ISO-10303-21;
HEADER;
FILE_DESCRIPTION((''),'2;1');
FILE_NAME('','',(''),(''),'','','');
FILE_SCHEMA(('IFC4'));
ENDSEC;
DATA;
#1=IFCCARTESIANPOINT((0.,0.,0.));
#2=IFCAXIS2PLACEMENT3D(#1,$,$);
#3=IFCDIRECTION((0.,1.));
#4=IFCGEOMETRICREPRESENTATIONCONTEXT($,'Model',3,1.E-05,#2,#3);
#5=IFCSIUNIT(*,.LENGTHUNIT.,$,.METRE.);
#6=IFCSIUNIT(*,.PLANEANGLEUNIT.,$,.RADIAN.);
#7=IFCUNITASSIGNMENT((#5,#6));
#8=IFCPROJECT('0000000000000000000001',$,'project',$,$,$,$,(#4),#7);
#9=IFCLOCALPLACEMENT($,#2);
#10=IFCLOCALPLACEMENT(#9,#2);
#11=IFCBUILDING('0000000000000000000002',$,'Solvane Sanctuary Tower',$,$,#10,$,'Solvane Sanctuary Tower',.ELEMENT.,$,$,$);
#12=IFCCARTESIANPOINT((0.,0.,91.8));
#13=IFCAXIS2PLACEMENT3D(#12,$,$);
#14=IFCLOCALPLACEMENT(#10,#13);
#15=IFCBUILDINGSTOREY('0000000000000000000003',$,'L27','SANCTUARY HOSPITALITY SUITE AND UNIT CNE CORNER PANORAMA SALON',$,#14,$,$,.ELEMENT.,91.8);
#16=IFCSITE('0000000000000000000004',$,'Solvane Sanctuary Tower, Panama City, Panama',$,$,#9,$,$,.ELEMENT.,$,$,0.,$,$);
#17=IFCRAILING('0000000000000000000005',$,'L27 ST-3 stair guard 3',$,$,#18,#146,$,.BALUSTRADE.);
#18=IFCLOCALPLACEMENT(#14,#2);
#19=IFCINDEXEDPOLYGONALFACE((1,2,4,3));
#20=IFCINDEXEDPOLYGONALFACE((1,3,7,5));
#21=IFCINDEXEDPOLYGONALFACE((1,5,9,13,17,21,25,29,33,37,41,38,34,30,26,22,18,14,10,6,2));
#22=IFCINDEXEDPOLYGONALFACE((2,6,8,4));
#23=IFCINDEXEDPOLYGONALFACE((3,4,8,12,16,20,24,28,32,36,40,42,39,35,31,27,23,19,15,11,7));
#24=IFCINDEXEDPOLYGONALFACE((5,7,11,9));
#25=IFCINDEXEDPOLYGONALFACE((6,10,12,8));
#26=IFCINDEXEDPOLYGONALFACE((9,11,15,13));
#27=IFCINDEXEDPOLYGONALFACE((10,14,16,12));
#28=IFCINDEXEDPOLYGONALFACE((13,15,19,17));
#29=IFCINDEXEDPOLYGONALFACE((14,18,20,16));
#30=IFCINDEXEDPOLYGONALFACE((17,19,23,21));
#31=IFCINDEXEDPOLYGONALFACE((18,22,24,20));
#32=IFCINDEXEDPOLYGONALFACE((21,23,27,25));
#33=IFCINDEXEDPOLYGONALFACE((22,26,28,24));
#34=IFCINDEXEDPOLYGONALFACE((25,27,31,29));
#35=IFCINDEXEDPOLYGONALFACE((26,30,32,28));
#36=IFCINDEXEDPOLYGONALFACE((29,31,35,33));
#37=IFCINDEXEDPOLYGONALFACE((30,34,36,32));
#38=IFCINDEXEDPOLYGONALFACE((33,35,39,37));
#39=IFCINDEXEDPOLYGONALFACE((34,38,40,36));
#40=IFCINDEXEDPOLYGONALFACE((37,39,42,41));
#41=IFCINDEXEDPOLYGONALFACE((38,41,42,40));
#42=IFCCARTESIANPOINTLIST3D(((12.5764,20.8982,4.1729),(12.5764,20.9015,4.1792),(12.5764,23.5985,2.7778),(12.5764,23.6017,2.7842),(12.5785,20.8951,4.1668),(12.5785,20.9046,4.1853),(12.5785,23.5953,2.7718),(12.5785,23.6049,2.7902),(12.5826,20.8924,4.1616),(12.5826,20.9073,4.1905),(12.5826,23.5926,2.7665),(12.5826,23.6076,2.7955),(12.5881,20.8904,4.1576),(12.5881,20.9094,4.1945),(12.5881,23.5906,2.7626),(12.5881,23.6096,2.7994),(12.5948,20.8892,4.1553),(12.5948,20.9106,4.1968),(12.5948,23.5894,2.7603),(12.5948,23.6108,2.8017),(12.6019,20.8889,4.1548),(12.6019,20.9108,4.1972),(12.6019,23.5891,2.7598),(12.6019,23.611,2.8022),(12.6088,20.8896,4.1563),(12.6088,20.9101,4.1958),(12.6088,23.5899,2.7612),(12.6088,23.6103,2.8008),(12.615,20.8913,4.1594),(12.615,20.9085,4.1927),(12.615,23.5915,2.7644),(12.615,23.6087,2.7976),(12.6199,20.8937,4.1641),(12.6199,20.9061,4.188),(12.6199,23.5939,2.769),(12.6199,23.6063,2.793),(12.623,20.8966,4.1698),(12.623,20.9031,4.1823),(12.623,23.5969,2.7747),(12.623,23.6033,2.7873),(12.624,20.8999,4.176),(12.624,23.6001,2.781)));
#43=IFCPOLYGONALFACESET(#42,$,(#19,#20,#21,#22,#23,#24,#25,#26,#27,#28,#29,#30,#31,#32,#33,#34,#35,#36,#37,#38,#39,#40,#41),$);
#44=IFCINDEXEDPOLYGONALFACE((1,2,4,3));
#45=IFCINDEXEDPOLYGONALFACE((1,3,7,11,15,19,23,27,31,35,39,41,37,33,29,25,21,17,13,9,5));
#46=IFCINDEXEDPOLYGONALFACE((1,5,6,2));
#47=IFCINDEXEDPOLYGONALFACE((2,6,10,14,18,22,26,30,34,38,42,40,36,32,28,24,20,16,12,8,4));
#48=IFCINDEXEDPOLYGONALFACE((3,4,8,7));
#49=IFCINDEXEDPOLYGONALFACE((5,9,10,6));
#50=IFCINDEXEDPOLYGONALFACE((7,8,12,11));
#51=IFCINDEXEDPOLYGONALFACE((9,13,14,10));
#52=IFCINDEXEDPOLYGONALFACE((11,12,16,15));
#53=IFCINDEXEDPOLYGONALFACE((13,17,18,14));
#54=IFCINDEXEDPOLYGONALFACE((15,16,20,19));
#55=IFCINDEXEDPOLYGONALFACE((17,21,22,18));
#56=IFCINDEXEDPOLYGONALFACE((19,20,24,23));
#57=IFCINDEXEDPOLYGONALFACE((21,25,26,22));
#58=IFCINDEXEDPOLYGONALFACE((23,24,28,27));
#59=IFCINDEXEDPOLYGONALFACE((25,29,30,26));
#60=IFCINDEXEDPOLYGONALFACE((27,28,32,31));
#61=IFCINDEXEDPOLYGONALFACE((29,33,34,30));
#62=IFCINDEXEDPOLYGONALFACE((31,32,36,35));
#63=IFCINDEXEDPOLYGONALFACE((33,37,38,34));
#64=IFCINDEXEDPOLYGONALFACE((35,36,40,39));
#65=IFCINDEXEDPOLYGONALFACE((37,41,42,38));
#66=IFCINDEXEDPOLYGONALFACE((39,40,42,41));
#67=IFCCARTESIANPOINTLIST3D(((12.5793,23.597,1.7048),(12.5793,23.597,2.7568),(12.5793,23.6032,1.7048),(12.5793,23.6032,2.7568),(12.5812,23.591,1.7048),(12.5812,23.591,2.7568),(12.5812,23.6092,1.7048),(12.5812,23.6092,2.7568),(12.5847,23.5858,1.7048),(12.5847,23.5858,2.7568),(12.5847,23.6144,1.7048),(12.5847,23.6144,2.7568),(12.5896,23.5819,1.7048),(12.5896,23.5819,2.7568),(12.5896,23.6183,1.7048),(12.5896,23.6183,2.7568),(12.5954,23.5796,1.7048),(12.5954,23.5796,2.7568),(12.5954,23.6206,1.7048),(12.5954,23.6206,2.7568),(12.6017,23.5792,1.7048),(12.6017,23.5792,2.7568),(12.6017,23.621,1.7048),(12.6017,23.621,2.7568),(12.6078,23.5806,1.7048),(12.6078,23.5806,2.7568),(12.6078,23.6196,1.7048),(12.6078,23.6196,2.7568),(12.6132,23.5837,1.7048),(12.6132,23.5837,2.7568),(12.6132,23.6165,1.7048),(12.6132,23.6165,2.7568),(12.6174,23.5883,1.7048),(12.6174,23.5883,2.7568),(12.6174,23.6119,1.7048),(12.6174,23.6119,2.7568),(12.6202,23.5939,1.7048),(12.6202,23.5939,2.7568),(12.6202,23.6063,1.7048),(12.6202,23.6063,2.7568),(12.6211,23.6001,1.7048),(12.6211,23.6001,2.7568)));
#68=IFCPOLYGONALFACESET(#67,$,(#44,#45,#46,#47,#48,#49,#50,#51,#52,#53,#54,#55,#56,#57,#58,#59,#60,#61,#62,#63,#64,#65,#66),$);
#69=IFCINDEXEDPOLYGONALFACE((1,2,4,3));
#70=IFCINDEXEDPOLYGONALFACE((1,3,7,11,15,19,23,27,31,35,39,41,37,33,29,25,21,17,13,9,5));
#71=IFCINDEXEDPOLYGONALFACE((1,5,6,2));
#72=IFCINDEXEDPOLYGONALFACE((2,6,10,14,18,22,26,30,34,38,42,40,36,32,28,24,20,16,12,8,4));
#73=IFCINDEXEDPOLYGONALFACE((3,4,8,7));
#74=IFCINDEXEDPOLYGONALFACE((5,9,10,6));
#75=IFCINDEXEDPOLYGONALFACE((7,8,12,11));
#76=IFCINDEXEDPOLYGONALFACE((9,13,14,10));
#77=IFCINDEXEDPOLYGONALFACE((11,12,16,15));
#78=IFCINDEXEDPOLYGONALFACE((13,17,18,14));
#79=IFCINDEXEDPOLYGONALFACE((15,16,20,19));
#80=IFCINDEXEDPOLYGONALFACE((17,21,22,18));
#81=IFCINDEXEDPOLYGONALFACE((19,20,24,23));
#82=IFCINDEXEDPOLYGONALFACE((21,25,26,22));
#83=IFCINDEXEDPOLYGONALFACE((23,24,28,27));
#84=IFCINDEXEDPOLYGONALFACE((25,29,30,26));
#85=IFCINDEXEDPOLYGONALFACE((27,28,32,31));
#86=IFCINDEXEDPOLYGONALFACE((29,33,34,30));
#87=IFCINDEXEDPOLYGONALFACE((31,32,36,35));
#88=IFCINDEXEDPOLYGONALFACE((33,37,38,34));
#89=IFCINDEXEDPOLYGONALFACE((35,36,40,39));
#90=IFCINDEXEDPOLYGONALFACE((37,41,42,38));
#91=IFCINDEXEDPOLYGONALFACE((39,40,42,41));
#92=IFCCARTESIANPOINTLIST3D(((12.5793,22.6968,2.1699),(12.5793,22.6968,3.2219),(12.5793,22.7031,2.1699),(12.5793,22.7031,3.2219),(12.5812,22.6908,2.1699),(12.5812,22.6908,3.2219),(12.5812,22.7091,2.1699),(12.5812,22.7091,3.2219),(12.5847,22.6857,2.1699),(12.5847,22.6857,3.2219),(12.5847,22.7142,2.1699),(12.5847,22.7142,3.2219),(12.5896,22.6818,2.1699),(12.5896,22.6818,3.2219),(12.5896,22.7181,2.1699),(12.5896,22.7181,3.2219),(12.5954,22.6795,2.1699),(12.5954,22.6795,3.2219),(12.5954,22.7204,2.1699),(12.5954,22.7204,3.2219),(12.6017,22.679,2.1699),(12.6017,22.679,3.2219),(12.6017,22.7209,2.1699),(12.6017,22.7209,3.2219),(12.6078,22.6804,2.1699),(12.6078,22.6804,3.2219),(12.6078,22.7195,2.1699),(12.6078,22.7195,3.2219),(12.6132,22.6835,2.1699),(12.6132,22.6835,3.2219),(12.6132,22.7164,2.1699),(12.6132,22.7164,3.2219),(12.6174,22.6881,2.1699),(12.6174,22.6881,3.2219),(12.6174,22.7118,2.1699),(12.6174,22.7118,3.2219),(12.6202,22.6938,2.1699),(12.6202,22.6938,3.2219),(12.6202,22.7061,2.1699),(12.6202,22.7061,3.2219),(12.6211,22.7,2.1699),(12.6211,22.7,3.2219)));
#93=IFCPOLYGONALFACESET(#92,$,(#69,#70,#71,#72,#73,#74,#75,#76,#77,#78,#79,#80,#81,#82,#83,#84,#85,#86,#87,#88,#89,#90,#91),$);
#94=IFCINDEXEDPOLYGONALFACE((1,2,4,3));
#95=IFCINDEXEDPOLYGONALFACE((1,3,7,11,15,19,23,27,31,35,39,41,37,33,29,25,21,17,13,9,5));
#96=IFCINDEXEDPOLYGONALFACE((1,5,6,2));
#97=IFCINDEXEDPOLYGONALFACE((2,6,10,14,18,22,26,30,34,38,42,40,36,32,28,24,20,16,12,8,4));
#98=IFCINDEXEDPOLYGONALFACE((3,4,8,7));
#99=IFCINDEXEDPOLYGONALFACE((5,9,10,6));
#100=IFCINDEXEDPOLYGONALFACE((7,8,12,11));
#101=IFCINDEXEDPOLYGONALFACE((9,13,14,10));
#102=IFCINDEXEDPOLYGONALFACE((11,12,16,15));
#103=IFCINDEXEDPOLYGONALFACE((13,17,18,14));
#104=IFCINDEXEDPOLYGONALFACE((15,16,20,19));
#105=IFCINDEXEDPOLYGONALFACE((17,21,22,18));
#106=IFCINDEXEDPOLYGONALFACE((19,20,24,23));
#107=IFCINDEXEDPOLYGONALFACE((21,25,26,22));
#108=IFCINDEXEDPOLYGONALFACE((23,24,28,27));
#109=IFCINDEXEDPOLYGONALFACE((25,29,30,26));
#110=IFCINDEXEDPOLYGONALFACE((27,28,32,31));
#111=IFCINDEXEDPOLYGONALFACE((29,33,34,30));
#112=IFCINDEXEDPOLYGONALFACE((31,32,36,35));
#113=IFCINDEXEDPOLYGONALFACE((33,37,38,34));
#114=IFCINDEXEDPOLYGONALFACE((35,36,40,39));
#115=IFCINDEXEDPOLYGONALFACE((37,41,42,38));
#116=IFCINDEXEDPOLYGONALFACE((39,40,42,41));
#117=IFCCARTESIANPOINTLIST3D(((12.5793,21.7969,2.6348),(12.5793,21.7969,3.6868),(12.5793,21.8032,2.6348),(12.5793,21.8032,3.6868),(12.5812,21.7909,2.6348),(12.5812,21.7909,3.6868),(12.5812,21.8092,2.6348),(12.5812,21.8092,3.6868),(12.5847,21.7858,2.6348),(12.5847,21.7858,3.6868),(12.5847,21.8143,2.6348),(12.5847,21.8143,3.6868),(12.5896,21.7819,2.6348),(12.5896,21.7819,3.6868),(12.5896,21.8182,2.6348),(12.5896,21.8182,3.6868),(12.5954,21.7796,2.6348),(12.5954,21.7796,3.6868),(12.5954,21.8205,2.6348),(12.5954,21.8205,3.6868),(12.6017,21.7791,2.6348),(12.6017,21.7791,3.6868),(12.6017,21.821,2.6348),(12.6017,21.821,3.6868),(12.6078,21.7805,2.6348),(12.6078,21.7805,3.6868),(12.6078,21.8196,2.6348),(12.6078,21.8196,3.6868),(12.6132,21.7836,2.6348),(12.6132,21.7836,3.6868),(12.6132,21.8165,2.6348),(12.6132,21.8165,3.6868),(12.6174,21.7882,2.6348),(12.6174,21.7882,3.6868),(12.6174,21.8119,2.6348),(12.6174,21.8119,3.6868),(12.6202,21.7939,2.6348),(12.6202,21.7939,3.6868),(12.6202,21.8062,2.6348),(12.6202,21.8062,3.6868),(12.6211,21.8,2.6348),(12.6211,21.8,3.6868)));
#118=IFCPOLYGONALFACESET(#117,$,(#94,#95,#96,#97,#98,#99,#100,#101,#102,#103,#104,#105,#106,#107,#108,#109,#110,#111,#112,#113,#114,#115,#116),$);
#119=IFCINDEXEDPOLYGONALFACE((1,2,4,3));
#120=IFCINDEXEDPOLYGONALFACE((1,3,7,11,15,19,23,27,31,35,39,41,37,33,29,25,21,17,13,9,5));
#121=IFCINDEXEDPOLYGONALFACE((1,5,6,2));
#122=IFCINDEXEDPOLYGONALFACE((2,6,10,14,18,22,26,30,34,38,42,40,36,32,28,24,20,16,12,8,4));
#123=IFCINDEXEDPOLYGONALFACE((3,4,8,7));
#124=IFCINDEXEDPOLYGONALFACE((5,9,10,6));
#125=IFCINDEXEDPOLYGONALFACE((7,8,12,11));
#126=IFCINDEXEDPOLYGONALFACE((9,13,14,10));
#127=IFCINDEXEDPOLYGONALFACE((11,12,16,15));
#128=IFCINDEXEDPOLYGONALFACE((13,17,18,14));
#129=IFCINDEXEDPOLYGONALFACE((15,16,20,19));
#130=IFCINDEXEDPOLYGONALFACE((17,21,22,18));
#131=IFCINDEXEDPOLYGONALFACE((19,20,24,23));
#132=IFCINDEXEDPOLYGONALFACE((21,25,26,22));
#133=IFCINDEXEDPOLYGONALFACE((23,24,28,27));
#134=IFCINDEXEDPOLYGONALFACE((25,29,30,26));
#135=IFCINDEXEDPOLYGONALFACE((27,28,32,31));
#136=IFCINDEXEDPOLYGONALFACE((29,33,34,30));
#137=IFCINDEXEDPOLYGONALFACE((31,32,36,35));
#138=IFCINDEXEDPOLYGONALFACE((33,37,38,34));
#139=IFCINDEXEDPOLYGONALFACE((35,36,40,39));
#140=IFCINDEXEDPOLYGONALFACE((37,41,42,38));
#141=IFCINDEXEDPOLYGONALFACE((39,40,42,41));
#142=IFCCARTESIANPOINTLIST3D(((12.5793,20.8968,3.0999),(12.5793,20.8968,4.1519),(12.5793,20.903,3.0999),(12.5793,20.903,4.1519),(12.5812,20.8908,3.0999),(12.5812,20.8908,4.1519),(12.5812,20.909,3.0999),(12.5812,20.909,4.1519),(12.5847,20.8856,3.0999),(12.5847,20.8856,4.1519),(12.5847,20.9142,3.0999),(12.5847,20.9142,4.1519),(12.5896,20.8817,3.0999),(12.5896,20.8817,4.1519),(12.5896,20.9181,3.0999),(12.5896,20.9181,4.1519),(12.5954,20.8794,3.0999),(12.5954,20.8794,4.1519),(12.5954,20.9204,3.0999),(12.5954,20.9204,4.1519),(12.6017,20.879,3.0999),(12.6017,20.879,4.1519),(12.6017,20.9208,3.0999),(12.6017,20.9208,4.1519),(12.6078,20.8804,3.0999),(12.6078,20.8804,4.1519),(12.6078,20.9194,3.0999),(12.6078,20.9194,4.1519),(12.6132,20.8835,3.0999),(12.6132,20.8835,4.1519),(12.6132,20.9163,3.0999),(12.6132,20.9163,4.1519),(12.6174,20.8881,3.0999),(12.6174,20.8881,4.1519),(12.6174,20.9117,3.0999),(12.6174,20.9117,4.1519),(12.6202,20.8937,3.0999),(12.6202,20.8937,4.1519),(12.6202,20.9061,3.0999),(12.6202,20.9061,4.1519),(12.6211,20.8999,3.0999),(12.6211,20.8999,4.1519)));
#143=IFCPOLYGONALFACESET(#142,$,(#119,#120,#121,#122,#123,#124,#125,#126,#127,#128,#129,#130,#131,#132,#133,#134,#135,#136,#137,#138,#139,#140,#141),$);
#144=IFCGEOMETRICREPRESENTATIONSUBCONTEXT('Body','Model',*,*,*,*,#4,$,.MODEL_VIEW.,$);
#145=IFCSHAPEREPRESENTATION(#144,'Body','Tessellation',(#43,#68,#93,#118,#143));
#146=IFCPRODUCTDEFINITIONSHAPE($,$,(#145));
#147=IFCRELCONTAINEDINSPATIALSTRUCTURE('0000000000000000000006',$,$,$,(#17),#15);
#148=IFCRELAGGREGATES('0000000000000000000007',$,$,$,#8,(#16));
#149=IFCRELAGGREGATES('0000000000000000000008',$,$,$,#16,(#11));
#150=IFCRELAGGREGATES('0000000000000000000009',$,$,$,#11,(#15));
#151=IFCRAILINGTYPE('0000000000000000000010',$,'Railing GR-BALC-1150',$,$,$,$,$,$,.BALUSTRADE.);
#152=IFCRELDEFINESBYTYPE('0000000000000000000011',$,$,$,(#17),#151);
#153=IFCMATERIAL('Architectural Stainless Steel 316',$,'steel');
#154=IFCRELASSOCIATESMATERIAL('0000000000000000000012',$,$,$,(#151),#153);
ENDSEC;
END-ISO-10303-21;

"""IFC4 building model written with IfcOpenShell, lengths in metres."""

from ifc_helpers import new_model, si_unit, direction, frame, origin, origin_2d, place, context, subcontext, project, spatial, circle, extrude, material, type_object, element, save


model = new_model("IFC4")

# Units and contexts
model_context = context("Model", 3, precision=1e-05, world=origin(), true_north=direction((0.0, 1.0)))
body_context = subcontext(model_context, "Body", "Model", "MODEL_VIEW")
ifc_project = project(units=[si_unit("LENGTHUNIT", "METRE"), si_unit("PLANEANGLEUNIT", "RADIAN")], contexts=[model_context])

# Site, building, storey
site_placement = place(None, origin())
site = spatial("IfcSite", under=ifc_project, at=site_placement, Name="Solvane Sanctuary Tower, Panama City, Panama", CompositionType="ELEMENT", RefElevation=0.0)
building_placement = place(site_placement, origin())
building = spatial("IfcBuilding", under=site, at=building_placement, Name="Solvane Sanctuary Tower", LongName="Solvane Sanctuary Tower", CompositionType="ELEMENT")
storey_placement = place(building_placement, frame((0.0, 0.0, 91.8)))
storey = spatial("IfcBuildingStorey", under=building, at=storey_placement, Name="L27", Description="SANCTUARY HOSPITALITY SUITE AND UNIT CNE CORNER PANORAMA SALON", CompositionType="ELEMENT", Elevation=91.8)

# Shared definitions
ifc_material_1 = material(Name="Architectural Stainless Steel 316", Category="steel")

# Railing
railing_type_1 = type_object("IfcRailingType", Name="Railing GR-BALC-1150", PredefinedType="BALUSTRADE", material=ifc_material_1)
railing_1_placement = place(storey_placement, frame((12.6001, 23.6001, 1.7048)))
element("IfcRailing", 1, at=railing_1_placement, inside=storey, type_object=railing_type_1, Name="L27 ST-3 stair guard 3", PredefinedType="BALUSTRADE", context=body_context, shape_type="SweptSolid", body=[
    extrude(circle(Radius=0.0239, at=origin_2d()), frame((0.0, 0.0, 1.0762), z_axis=(0.0, -0.888437, 0.458999), x_axis=(1.0, 0.0, 0.0)), (0.0, 0.0, 1.0), 3.0393),
    extrude(circle(Radius=0.021, at=origin_2d()), origin(), (0.0, 0.0, 1.0), 1.052),
    extrude(circle(Radius=0.021, at=origin_2d()), frame((0.0, -0.9001, 0.4651)), (0.0, 0.0, 1.0), 1.052),
    extrude(circle(Radius=0.021, at=origin_2d()), frame((0.0, -1.8, 0.9299)), (0.0, 0.0, 1.0), 1.052),
    extrude(circle(Radius=0.021, at=origin_2d()), frame((0.0, -2.7002, 1.395)), (0.0, 0.0, 1.0), 1.052),
])

save(model, "model.ifc")
